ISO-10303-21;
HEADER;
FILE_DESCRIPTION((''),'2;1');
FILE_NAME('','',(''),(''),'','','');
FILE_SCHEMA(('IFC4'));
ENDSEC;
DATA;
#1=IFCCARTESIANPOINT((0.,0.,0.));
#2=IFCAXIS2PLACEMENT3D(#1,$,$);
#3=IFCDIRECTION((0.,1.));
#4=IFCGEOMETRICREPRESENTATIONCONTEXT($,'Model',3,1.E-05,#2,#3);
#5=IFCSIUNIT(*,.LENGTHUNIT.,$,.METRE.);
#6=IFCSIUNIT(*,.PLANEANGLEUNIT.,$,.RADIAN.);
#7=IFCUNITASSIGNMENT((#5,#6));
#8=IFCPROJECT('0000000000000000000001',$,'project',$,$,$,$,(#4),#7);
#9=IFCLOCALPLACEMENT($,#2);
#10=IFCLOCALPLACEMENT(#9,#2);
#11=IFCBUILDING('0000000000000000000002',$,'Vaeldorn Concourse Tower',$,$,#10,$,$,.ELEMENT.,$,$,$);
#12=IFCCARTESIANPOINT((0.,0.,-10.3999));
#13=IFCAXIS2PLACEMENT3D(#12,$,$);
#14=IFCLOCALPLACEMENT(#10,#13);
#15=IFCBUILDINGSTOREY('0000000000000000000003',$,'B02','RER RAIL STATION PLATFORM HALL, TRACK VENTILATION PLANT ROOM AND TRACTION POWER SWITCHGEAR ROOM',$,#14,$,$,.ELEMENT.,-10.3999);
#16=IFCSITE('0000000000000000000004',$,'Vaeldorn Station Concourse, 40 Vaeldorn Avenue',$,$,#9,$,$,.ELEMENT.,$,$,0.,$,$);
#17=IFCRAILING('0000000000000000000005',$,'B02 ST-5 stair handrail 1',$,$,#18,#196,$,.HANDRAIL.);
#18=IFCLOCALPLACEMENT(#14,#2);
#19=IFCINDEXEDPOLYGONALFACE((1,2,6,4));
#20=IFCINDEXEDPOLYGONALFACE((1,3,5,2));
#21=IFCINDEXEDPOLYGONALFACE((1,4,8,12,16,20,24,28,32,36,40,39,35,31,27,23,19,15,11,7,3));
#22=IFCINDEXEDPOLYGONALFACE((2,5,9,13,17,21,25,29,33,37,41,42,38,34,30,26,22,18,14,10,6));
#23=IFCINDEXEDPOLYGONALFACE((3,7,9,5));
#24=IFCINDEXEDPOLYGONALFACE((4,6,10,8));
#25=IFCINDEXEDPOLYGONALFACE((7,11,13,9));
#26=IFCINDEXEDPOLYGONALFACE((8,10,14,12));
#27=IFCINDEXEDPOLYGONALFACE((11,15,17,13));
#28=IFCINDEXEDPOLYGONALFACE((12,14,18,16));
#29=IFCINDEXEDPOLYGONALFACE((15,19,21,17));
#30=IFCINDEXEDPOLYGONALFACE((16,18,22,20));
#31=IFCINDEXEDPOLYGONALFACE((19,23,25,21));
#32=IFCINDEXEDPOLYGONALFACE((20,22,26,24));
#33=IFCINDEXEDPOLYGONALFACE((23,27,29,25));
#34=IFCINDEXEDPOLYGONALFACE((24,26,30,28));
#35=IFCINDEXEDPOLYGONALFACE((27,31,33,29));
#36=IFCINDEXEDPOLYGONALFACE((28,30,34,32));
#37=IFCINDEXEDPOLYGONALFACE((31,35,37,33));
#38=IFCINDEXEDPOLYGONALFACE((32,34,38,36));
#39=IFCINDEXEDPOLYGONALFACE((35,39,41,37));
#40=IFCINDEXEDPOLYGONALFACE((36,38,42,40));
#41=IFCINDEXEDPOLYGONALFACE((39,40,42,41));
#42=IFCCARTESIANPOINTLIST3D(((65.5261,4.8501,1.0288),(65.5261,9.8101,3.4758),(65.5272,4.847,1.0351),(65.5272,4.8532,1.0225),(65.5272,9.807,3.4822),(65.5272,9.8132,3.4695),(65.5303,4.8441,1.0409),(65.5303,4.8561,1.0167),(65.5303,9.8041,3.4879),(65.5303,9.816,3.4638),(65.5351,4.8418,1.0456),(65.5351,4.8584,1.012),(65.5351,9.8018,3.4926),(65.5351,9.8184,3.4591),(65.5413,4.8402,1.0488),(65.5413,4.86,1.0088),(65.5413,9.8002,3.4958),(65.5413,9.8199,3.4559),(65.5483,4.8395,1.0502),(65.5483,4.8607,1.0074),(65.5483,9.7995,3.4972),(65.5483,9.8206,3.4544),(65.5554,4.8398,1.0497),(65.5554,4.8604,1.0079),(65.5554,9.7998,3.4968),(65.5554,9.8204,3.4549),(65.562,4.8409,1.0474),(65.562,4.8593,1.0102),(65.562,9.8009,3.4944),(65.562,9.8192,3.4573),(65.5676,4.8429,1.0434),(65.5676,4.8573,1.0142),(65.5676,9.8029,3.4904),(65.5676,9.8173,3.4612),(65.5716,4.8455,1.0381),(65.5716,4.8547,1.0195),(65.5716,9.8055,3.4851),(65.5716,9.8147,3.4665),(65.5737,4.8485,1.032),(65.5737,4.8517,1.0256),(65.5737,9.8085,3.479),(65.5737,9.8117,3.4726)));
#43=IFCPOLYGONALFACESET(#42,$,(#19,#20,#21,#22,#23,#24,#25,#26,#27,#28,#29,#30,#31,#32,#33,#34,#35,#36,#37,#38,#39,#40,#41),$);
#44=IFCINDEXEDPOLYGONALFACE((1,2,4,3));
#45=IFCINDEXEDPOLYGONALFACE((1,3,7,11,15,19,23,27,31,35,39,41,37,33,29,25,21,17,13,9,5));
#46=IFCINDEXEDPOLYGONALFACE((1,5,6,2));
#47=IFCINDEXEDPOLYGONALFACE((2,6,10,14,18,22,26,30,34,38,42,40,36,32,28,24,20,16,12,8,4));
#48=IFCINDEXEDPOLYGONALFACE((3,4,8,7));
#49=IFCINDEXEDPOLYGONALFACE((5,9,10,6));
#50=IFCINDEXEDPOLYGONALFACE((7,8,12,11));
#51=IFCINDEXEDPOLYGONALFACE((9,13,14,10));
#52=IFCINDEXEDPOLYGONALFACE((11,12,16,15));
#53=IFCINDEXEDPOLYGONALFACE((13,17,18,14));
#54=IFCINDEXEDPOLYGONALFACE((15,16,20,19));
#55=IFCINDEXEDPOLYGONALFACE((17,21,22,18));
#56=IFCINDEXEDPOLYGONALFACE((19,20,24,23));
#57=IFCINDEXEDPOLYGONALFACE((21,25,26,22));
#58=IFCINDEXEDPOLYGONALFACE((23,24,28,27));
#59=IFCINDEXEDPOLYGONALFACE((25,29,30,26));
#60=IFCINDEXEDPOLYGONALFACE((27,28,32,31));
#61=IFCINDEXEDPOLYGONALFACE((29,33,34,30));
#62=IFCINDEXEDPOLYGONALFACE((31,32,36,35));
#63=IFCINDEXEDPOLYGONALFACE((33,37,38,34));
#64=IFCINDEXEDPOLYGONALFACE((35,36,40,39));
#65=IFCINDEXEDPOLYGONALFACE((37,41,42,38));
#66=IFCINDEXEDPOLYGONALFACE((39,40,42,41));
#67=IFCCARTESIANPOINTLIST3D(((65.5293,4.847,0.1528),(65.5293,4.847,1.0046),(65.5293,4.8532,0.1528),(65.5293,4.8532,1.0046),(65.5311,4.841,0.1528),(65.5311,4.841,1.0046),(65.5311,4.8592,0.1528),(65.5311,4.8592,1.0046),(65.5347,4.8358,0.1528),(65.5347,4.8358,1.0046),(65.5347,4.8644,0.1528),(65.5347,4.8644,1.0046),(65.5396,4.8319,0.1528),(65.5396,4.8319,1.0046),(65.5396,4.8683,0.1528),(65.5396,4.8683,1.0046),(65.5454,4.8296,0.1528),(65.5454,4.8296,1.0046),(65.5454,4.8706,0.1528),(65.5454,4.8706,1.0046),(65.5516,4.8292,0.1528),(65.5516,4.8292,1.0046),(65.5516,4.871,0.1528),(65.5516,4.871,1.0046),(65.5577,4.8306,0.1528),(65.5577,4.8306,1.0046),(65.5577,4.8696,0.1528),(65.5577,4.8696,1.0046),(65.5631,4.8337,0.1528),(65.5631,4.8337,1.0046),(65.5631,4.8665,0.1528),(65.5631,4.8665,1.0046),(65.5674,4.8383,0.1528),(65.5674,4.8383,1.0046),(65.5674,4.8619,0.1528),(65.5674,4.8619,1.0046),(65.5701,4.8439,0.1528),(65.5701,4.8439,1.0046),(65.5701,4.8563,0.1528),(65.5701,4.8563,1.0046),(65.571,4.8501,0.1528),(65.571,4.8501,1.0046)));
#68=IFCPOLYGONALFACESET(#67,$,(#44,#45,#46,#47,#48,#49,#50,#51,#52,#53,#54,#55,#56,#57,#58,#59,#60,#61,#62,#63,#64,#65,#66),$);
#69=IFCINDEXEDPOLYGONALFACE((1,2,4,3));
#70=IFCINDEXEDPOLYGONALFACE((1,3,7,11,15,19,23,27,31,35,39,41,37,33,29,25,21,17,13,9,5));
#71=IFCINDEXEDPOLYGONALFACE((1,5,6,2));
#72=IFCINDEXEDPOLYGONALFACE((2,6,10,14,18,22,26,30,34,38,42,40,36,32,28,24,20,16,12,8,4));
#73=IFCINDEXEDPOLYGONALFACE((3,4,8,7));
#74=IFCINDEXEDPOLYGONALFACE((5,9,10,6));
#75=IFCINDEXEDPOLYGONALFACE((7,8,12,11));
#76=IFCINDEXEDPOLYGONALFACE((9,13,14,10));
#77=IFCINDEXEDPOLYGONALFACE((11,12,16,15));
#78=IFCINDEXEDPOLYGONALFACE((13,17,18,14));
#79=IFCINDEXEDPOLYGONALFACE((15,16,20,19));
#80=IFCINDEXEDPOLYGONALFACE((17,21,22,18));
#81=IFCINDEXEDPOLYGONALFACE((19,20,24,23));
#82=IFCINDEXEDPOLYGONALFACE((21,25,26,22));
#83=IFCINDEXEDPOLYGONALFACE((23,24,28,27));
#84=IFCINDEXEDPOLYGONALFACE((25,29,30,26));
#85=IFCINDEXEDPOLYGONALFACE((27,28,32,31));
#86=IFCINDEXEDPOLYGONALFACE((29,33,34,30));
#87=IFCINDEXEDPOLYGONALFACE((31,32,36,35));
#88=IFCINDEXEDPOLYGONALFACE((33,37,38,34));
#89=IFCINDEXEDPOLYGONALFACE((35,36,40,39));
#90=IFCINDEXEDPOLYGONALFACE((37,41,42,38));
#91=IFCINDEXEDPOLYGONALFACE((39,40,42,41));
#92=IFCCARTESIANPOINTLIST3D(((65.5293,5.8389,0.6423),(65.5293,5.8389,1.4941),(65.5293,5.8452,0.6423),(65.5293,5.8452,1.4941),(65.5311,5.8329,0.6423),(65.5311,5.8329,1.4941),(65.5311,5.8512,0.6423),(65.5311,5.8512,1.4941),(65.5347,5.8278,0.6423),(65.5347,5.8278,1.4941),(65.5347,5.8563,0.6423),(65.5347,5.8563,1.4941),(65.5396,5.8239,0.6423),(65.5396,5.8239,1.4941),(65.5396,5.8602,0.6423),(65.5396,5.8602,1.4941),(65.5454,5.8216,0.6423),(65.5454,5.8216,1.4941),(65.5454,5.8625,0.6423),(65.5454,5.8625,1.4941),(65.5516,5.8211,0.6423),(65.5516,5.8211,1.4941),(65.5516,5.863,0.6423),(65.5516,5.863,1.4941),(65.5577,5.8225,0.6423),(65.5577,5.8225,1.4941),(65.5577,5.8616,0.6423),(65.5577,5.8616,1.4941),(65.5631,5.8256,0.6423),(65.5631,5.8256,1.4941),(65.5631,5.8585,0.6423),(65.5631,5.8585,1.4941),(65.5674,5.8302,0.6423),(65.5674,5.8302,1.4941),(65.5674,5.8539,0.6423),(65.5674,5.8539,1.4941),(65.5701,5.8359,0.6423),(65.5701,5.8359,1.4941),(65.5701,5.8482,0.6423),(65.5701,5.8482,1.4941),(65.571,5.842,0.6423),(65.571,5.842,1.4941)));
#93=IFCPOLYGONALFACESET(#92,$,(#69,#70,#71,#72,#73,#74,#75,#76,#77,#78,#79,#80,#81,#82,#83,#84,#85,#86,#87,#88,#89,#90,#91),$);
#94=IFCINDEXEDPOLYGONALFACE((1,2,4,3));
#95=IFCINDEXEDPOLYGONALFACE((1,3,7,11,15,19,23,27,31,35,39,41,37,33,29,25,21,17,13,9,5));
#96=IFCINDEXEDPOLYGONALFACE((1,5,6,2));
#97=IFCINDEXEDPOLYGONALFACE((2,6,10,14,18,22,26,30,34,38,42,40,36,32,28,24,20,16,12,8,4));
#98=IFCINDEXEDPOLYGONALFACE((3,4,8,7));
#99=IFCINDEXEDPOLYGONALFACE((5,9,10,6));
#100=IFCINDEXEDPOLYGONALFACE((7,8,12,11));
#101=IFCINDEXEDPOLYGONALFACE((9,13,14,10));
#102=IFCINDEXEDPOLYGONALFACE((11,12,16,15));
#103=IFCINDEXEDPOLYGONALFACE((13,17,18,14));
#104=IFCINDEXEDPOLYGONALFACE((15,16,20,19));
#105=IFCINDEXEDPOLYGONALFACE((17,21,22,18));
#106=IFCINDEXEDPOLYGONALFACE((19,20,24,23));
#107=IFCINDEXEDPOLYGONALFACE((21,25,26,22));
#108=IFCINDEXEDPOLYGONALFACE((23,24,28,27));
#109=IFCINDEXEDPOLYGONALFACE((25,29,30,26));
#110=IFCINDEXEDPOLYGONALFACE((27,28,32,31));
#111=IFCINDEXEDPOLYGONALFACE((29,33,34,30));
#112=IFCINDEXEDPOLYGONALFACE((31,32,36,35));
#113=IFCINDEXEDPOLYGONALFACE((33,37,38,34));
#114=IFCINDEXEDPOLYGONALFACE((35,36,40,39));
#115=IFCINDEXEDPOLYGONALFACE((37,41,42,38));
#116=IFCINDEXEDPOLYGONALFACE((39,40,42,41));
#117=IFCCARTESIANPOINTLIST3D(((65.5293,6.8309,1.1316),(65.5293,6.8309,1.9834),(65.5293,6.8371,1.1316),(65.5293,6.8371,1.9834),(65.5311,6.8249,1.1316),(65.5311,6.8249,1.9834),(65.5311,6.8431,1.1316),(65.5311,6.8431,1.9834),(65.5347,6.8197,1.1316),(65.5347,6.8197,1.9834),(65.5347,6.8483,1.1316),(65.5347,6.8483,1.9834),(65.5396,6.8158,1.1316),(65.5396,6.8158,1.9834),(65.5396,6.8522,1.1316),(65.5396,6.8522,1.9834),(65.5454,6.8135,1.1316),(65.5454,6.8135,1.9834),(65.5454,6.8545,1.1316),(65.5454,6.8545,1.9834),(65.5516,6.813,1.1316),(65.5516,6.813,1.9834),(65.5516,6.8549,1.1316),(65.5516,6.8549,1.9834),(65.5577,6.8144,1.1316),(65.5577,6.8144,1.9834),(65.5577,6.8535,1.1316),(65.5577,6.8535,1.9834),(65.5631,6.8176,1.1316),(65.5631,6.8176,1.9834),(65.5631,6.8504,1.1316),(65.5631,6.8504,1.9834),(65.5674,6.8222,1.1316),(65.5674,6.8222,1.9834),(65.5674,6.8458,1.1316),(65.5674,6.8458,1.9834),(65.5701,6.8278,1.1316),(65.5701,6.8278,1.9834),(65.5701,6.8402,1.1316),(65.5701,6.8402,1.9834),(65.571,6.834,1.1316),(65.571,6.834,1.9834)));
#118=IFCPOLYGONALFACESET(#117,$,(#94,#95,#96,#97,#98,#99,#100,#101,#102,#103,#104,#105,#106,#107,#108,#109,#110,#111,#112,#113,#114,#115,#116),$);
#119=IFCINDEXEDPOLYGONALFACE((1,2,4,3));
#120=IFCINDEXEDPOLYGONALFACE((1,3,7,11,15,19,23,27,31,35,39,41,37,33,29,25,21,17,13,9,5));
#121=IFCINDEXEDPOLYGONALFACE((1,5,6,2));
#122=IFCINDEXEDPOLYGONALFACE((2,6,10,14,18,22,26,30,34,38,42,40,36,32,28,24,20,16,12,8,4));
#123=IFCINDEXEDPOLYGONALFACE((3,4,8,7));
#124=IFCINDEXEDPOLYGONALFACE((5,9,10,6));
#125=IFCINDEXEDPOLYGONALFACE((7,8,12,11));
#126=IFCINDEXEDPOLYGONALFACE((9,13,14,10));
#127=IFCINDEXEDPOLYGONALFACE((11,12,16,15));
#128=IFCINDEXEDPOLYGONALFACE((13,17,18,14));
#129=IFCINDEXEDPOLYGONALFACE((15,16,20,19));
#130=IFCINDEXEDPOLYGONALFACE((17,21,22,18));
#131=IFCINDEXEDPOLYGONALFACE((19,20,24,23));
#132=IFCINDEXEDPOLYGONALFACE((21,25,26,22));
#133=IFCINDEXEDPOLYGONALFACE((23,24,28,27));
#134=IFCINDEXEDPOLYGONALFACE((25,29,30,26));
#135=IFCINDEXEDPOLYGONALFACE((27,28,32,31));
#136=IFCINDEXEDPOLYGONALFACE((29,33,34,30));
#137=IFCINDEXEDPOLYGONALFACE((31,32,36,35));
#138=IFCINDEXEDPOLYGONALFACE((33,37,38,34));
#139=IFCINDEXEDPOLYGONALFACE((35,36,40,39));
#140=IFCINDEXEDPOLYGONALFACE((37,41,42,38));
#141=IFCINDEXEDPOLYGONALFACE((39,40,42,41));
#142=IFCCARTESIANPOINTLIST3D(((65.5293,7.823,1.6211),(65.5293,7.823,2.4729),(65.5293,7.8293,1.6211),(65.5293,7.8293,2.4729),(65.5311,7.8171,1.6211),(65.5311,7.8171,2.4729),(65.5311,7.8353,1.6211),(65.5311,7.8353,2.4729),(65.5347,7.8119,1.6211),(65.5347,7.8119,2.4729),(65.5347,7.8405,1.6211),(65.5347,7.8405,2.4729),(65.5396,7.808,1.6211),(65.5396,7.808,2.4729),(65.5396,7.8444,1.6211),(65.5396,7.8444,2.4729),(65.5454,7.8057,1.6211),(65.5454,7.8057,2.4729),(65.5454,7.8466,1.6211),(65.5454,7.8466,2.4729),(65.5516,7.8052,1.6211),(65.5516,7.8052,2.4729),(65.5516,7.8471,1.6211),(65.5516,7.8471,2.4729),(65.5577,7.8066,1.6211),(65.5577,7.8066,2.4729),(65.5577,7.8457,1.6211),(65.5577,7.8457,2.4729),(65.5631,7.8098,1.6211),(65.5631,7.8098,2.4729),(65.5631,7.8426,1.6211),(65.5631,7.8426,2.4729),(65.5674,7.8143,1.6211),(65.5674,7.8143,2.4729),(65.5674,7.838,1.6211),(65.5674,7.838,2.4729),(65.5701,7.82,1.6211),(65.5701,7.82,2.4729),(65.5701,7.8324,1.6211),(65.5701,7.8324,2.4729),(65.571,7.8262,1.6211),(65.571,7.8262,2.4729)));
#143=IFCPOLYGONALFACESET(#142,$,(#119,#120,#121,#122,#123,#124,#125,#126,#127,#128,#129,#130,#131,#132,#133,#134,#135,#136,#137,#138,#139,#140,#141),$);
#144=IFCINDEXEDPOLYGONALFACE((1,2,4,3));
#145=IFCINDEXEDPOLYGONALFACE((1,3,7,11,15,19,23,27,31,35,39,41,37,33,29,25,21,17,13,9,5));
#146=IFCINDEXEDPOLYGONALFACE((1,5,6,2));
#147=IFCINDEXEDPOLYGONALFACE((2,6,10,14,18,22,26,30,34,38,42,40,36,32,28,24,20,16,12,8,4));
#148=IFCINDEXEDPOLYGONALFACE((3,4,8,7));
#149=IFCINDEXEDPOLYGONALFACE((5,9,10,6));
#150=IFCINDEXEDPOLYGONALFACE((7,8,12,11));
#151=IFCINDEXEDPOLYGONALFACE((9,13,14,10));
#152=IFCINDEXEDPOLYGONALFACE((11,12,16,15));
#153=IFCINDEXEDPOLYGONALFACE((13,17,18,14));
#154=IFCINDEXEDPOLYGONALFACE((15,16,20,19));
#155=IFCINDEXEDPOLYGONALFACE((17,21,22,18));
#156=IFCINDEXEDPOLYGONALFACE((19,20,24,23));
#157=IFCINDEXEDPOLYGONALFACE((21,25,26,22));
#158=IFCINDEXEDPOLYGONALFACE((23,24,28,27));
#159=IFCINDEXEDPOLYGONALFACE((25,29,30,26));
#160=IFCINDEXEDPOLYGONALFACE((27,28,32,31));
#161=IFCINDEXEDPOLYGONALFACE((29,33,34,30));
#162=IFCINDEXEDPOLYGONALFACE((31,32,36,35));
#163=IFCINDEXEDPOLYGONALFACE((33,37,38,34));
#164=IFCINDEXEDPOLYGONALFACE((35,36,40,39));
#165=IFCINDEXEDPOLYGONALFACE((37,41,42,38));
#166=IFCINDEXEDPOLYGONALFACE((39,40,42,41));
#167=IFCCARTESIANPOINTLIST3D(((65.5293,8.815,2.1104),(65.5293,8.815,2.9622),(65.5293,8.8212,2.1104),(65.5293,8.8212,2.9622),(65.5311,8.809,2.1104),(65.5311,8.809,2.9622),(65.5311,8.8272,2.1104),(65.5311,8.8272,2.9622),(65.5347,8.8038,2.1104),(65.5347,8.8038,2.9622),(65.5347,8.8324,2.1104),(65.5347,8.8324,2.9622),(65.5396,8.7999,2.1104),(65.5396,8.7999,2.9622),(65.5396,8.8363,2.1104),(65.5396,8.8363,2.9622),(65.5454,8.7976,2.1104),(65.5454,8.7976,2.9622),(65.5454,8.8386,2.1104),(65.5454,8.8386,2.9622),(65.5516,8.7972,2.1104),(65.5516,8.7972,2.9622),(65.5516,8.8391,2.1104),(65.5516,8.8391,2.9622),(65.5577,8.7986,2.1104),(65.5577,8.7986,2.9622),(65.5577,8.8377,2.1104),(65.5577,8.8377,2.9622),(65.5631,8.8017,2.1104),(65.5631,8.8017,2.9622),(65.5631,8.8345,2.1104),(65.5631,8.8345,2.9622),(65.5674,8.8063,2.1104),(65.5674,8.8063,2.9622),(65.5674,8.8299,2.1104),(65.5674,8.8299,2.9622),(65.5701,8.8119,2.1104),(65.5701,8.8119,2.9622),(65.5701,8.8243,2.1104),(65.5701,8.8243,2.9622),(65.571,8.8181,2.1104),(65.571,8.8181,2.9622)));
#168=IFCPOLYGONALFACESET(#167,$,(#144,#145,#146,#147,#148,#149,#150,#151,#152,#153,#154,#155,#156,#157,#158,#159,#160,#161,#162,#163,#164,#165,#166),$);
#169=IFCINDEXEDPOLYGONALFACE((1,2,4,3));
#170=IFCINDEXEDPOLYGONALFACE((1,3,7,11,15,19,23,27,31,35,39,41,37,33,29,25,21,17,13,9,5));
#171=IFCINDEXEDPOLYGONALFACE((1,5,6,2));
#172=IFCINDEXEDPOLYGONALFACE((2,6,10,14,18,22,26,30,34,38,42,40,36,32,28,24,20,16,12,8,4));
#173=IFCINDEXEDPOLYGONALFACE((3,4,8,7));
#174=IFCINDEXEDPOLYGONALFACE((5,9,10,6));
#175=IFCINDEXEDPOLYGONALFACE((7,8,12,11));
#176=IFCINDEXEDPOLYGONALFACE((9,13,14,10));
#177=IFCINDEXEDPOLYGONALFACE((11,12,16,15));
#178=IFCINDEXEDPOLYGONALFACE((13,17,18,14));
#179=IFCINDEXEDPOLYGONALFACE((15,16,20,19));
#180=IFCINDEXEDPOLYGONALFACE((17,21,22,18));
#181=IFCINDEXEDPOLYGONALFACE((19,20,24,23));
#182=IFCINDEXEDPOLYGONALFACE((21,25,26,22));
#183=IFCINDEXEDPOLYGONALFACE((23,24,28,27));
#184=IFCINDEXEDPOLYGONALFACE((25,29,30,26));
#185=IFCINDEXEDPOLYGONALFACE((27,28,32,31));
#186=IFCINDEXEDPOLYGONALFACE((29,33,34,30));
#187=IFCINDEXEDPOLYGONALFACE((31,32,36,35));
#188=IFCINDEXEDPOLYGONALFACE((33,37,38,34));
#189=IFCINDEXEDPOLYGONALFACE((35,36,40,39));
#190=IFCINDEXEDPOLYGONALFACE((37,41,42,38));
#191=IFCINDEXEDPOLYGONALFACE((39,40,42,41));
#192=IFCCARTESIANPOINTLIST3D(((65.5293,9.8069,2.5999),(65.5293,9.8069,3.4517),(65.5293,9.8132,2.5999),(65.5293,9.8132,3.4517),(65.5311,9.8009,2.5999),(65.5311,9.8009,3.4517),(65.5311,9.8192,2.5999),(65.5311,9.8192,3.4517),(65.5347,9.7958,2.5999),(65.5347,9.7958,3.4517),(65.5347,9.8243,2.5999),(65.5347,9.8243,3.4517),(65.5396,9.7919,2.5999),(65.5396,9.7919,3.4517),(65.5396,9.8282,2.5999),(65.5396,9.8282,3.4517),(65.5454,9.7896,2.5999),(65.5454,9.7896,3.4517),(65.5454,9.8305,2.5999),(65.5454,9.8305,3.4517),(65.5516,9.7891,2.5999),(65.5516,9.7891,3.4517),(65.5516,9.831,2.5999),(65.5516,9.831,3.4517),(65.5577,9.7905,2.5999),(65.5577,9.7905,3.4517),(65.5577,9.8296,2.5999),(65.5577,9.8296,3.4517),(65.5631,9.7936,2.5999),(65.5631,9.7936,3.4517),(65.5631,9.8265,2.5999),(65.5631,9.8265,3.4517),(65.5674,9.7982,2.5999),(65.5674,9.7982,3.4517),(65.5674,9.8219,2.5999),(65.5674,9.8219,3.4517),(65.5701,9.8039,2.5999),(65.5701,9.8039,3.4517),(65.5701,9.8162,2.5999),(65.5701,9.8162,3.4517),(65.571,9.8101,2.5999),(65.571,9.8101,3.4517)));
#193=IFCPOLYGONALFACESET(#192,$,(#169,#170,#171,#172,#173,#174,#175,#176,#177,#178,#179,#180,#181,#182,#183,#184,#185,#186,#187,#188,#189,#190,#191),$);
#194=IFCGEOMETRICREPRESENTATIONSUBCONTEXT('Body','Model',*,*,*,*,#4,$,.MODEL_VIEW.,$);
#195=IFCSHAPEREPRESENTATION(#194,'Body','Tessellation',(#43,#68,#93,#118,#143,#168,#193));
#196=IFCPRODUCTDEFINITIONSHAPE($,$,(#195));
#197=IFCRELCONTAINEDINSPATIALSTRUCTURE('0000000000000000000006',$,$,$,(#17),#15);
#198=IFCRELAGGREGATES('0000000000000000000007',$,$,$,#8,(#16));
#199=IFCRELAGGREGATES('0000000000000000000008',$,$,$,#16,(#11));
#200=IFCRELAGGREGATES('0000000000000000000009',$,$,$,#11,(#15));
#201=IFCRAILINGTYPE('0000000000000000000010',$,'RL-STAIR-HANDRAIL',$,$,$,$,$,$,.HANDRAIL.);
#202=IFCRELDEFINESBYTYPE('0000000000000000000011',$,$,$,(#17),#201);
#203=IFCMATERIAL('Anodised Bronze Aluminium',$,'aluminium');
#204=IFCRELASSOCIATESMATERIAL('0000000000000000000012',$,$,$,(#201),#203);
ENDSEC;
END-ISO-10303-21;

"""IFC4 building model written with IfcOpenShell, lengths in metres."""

from ifc_helpers import new_model, si_unit, direction, frame, origin, origin_2d, place, context, subcontext, project, spatial, circle, extrude, material, type_object, element, save


model = new_model("IFC4")

# Units and contexts
model_context = context("Model", 3, precision=1e-05, world=origin(), true_north=direction((0.0, 1.0)))
body_context = subcontext(model_context, "Body", "Model", "MODEL_VIEW")
ifc_project = project(units=[si_unit("LENGTHUNIT", "METRE"), si_unit("PLANEANGLEUNIT", "RADIAN")], contexts=[model_context])

# Site, building, storey
site_placement = place(None, origin())
site = spatial("IfcSite", under=ifc_project, at=site_placement, Name="Vaeldorn Station Concourse, 40 Vaeldorn Avenue", CompositionType="ELEMENT", RefElevation=0.0)
building_placement = place(site_placement, origin())
building = spatial("IfcBuilding", under=site, at=building_placement, Name="Vaeldorn Concourse Tower", CompositionType="ELEMENT")
storey_placement = place(building_placement, frame((0.0, 0.0, -10.3999)))
storey = spatial("IfcBuildingStorey", under=building, at=storey_placement, Name="B02", Description="RER RAIL STATION PLATFORM HALL, TRACK VENTILATION PLANT ROOM AND TRACTION POWER SWITCHGEAR ROOM", CompositionType="ELEMENT", Elevation=-10.3999)

# Railing
ifc_material_1 = material(Name="Anodised Bronze Aluminium", Category="aluminium")
railing_type_1 = type_object("IfcRailingType", Name="RL-STAIR-HANDRAIL", PredefinedType="HANDRAIL", material=ifc_material_1)
railing_1_placement = place(storey_placement, frame((65.55, 4.8501, 0.1528)))
element("IfcRailing", 1, at=railing_1_placement, inside=storey, type_object=railing_type_1, Name="B02 ST-5 stair handrail 1", PredefinedType="HANDRAIL", context=body_context, shape_type="SweptSolid", body=[
    extrude(circle(Radius=0.0239, at=origin_2d()), frame((0.0, 0.0, 0.876), z_axis=(0.0, 0.896798, 0.44244), x_axis=(-1.0, 0.0, 0.0)), (0.0, 0.0, 1.0), 5.5308),
    extrude(circle(Radius=0.021, at=origin_2d()), origin(), (0.0, 0.0, 1.0), 0.8518),
    extrude(circle(Radius=0.021, at=origin_2d()), frame((0.0, 0.9919, 0.4895)), (0.0, 0.0, 1.0), 0.8518),
    extrude(circle(Radius=0.021, at=origin_2d()), frame((0.0, 1.9839, 0.9788)), (0.0, 0.0, 1.0), 0.8518),
    extrude(circle(Radius=0.021, at=origin_2d()), frame((0.0, 2.9761, 1.4683)), (0.0, 0.0, 1.0), 0.8518),
    extrude(circle(Radius=0.021, at=origin_2d()), frame((0.0, 3.968, 1.9575)), (0.0, 0.0, 1.0), 0.8518),
    extrude(circle(Radius=0.021, at=origin_2d()), frame((0.0, 4.96, 2.447)), (0.0, 0.0, 1.0), 0.8518),
])

save(model, "model.ifc")
